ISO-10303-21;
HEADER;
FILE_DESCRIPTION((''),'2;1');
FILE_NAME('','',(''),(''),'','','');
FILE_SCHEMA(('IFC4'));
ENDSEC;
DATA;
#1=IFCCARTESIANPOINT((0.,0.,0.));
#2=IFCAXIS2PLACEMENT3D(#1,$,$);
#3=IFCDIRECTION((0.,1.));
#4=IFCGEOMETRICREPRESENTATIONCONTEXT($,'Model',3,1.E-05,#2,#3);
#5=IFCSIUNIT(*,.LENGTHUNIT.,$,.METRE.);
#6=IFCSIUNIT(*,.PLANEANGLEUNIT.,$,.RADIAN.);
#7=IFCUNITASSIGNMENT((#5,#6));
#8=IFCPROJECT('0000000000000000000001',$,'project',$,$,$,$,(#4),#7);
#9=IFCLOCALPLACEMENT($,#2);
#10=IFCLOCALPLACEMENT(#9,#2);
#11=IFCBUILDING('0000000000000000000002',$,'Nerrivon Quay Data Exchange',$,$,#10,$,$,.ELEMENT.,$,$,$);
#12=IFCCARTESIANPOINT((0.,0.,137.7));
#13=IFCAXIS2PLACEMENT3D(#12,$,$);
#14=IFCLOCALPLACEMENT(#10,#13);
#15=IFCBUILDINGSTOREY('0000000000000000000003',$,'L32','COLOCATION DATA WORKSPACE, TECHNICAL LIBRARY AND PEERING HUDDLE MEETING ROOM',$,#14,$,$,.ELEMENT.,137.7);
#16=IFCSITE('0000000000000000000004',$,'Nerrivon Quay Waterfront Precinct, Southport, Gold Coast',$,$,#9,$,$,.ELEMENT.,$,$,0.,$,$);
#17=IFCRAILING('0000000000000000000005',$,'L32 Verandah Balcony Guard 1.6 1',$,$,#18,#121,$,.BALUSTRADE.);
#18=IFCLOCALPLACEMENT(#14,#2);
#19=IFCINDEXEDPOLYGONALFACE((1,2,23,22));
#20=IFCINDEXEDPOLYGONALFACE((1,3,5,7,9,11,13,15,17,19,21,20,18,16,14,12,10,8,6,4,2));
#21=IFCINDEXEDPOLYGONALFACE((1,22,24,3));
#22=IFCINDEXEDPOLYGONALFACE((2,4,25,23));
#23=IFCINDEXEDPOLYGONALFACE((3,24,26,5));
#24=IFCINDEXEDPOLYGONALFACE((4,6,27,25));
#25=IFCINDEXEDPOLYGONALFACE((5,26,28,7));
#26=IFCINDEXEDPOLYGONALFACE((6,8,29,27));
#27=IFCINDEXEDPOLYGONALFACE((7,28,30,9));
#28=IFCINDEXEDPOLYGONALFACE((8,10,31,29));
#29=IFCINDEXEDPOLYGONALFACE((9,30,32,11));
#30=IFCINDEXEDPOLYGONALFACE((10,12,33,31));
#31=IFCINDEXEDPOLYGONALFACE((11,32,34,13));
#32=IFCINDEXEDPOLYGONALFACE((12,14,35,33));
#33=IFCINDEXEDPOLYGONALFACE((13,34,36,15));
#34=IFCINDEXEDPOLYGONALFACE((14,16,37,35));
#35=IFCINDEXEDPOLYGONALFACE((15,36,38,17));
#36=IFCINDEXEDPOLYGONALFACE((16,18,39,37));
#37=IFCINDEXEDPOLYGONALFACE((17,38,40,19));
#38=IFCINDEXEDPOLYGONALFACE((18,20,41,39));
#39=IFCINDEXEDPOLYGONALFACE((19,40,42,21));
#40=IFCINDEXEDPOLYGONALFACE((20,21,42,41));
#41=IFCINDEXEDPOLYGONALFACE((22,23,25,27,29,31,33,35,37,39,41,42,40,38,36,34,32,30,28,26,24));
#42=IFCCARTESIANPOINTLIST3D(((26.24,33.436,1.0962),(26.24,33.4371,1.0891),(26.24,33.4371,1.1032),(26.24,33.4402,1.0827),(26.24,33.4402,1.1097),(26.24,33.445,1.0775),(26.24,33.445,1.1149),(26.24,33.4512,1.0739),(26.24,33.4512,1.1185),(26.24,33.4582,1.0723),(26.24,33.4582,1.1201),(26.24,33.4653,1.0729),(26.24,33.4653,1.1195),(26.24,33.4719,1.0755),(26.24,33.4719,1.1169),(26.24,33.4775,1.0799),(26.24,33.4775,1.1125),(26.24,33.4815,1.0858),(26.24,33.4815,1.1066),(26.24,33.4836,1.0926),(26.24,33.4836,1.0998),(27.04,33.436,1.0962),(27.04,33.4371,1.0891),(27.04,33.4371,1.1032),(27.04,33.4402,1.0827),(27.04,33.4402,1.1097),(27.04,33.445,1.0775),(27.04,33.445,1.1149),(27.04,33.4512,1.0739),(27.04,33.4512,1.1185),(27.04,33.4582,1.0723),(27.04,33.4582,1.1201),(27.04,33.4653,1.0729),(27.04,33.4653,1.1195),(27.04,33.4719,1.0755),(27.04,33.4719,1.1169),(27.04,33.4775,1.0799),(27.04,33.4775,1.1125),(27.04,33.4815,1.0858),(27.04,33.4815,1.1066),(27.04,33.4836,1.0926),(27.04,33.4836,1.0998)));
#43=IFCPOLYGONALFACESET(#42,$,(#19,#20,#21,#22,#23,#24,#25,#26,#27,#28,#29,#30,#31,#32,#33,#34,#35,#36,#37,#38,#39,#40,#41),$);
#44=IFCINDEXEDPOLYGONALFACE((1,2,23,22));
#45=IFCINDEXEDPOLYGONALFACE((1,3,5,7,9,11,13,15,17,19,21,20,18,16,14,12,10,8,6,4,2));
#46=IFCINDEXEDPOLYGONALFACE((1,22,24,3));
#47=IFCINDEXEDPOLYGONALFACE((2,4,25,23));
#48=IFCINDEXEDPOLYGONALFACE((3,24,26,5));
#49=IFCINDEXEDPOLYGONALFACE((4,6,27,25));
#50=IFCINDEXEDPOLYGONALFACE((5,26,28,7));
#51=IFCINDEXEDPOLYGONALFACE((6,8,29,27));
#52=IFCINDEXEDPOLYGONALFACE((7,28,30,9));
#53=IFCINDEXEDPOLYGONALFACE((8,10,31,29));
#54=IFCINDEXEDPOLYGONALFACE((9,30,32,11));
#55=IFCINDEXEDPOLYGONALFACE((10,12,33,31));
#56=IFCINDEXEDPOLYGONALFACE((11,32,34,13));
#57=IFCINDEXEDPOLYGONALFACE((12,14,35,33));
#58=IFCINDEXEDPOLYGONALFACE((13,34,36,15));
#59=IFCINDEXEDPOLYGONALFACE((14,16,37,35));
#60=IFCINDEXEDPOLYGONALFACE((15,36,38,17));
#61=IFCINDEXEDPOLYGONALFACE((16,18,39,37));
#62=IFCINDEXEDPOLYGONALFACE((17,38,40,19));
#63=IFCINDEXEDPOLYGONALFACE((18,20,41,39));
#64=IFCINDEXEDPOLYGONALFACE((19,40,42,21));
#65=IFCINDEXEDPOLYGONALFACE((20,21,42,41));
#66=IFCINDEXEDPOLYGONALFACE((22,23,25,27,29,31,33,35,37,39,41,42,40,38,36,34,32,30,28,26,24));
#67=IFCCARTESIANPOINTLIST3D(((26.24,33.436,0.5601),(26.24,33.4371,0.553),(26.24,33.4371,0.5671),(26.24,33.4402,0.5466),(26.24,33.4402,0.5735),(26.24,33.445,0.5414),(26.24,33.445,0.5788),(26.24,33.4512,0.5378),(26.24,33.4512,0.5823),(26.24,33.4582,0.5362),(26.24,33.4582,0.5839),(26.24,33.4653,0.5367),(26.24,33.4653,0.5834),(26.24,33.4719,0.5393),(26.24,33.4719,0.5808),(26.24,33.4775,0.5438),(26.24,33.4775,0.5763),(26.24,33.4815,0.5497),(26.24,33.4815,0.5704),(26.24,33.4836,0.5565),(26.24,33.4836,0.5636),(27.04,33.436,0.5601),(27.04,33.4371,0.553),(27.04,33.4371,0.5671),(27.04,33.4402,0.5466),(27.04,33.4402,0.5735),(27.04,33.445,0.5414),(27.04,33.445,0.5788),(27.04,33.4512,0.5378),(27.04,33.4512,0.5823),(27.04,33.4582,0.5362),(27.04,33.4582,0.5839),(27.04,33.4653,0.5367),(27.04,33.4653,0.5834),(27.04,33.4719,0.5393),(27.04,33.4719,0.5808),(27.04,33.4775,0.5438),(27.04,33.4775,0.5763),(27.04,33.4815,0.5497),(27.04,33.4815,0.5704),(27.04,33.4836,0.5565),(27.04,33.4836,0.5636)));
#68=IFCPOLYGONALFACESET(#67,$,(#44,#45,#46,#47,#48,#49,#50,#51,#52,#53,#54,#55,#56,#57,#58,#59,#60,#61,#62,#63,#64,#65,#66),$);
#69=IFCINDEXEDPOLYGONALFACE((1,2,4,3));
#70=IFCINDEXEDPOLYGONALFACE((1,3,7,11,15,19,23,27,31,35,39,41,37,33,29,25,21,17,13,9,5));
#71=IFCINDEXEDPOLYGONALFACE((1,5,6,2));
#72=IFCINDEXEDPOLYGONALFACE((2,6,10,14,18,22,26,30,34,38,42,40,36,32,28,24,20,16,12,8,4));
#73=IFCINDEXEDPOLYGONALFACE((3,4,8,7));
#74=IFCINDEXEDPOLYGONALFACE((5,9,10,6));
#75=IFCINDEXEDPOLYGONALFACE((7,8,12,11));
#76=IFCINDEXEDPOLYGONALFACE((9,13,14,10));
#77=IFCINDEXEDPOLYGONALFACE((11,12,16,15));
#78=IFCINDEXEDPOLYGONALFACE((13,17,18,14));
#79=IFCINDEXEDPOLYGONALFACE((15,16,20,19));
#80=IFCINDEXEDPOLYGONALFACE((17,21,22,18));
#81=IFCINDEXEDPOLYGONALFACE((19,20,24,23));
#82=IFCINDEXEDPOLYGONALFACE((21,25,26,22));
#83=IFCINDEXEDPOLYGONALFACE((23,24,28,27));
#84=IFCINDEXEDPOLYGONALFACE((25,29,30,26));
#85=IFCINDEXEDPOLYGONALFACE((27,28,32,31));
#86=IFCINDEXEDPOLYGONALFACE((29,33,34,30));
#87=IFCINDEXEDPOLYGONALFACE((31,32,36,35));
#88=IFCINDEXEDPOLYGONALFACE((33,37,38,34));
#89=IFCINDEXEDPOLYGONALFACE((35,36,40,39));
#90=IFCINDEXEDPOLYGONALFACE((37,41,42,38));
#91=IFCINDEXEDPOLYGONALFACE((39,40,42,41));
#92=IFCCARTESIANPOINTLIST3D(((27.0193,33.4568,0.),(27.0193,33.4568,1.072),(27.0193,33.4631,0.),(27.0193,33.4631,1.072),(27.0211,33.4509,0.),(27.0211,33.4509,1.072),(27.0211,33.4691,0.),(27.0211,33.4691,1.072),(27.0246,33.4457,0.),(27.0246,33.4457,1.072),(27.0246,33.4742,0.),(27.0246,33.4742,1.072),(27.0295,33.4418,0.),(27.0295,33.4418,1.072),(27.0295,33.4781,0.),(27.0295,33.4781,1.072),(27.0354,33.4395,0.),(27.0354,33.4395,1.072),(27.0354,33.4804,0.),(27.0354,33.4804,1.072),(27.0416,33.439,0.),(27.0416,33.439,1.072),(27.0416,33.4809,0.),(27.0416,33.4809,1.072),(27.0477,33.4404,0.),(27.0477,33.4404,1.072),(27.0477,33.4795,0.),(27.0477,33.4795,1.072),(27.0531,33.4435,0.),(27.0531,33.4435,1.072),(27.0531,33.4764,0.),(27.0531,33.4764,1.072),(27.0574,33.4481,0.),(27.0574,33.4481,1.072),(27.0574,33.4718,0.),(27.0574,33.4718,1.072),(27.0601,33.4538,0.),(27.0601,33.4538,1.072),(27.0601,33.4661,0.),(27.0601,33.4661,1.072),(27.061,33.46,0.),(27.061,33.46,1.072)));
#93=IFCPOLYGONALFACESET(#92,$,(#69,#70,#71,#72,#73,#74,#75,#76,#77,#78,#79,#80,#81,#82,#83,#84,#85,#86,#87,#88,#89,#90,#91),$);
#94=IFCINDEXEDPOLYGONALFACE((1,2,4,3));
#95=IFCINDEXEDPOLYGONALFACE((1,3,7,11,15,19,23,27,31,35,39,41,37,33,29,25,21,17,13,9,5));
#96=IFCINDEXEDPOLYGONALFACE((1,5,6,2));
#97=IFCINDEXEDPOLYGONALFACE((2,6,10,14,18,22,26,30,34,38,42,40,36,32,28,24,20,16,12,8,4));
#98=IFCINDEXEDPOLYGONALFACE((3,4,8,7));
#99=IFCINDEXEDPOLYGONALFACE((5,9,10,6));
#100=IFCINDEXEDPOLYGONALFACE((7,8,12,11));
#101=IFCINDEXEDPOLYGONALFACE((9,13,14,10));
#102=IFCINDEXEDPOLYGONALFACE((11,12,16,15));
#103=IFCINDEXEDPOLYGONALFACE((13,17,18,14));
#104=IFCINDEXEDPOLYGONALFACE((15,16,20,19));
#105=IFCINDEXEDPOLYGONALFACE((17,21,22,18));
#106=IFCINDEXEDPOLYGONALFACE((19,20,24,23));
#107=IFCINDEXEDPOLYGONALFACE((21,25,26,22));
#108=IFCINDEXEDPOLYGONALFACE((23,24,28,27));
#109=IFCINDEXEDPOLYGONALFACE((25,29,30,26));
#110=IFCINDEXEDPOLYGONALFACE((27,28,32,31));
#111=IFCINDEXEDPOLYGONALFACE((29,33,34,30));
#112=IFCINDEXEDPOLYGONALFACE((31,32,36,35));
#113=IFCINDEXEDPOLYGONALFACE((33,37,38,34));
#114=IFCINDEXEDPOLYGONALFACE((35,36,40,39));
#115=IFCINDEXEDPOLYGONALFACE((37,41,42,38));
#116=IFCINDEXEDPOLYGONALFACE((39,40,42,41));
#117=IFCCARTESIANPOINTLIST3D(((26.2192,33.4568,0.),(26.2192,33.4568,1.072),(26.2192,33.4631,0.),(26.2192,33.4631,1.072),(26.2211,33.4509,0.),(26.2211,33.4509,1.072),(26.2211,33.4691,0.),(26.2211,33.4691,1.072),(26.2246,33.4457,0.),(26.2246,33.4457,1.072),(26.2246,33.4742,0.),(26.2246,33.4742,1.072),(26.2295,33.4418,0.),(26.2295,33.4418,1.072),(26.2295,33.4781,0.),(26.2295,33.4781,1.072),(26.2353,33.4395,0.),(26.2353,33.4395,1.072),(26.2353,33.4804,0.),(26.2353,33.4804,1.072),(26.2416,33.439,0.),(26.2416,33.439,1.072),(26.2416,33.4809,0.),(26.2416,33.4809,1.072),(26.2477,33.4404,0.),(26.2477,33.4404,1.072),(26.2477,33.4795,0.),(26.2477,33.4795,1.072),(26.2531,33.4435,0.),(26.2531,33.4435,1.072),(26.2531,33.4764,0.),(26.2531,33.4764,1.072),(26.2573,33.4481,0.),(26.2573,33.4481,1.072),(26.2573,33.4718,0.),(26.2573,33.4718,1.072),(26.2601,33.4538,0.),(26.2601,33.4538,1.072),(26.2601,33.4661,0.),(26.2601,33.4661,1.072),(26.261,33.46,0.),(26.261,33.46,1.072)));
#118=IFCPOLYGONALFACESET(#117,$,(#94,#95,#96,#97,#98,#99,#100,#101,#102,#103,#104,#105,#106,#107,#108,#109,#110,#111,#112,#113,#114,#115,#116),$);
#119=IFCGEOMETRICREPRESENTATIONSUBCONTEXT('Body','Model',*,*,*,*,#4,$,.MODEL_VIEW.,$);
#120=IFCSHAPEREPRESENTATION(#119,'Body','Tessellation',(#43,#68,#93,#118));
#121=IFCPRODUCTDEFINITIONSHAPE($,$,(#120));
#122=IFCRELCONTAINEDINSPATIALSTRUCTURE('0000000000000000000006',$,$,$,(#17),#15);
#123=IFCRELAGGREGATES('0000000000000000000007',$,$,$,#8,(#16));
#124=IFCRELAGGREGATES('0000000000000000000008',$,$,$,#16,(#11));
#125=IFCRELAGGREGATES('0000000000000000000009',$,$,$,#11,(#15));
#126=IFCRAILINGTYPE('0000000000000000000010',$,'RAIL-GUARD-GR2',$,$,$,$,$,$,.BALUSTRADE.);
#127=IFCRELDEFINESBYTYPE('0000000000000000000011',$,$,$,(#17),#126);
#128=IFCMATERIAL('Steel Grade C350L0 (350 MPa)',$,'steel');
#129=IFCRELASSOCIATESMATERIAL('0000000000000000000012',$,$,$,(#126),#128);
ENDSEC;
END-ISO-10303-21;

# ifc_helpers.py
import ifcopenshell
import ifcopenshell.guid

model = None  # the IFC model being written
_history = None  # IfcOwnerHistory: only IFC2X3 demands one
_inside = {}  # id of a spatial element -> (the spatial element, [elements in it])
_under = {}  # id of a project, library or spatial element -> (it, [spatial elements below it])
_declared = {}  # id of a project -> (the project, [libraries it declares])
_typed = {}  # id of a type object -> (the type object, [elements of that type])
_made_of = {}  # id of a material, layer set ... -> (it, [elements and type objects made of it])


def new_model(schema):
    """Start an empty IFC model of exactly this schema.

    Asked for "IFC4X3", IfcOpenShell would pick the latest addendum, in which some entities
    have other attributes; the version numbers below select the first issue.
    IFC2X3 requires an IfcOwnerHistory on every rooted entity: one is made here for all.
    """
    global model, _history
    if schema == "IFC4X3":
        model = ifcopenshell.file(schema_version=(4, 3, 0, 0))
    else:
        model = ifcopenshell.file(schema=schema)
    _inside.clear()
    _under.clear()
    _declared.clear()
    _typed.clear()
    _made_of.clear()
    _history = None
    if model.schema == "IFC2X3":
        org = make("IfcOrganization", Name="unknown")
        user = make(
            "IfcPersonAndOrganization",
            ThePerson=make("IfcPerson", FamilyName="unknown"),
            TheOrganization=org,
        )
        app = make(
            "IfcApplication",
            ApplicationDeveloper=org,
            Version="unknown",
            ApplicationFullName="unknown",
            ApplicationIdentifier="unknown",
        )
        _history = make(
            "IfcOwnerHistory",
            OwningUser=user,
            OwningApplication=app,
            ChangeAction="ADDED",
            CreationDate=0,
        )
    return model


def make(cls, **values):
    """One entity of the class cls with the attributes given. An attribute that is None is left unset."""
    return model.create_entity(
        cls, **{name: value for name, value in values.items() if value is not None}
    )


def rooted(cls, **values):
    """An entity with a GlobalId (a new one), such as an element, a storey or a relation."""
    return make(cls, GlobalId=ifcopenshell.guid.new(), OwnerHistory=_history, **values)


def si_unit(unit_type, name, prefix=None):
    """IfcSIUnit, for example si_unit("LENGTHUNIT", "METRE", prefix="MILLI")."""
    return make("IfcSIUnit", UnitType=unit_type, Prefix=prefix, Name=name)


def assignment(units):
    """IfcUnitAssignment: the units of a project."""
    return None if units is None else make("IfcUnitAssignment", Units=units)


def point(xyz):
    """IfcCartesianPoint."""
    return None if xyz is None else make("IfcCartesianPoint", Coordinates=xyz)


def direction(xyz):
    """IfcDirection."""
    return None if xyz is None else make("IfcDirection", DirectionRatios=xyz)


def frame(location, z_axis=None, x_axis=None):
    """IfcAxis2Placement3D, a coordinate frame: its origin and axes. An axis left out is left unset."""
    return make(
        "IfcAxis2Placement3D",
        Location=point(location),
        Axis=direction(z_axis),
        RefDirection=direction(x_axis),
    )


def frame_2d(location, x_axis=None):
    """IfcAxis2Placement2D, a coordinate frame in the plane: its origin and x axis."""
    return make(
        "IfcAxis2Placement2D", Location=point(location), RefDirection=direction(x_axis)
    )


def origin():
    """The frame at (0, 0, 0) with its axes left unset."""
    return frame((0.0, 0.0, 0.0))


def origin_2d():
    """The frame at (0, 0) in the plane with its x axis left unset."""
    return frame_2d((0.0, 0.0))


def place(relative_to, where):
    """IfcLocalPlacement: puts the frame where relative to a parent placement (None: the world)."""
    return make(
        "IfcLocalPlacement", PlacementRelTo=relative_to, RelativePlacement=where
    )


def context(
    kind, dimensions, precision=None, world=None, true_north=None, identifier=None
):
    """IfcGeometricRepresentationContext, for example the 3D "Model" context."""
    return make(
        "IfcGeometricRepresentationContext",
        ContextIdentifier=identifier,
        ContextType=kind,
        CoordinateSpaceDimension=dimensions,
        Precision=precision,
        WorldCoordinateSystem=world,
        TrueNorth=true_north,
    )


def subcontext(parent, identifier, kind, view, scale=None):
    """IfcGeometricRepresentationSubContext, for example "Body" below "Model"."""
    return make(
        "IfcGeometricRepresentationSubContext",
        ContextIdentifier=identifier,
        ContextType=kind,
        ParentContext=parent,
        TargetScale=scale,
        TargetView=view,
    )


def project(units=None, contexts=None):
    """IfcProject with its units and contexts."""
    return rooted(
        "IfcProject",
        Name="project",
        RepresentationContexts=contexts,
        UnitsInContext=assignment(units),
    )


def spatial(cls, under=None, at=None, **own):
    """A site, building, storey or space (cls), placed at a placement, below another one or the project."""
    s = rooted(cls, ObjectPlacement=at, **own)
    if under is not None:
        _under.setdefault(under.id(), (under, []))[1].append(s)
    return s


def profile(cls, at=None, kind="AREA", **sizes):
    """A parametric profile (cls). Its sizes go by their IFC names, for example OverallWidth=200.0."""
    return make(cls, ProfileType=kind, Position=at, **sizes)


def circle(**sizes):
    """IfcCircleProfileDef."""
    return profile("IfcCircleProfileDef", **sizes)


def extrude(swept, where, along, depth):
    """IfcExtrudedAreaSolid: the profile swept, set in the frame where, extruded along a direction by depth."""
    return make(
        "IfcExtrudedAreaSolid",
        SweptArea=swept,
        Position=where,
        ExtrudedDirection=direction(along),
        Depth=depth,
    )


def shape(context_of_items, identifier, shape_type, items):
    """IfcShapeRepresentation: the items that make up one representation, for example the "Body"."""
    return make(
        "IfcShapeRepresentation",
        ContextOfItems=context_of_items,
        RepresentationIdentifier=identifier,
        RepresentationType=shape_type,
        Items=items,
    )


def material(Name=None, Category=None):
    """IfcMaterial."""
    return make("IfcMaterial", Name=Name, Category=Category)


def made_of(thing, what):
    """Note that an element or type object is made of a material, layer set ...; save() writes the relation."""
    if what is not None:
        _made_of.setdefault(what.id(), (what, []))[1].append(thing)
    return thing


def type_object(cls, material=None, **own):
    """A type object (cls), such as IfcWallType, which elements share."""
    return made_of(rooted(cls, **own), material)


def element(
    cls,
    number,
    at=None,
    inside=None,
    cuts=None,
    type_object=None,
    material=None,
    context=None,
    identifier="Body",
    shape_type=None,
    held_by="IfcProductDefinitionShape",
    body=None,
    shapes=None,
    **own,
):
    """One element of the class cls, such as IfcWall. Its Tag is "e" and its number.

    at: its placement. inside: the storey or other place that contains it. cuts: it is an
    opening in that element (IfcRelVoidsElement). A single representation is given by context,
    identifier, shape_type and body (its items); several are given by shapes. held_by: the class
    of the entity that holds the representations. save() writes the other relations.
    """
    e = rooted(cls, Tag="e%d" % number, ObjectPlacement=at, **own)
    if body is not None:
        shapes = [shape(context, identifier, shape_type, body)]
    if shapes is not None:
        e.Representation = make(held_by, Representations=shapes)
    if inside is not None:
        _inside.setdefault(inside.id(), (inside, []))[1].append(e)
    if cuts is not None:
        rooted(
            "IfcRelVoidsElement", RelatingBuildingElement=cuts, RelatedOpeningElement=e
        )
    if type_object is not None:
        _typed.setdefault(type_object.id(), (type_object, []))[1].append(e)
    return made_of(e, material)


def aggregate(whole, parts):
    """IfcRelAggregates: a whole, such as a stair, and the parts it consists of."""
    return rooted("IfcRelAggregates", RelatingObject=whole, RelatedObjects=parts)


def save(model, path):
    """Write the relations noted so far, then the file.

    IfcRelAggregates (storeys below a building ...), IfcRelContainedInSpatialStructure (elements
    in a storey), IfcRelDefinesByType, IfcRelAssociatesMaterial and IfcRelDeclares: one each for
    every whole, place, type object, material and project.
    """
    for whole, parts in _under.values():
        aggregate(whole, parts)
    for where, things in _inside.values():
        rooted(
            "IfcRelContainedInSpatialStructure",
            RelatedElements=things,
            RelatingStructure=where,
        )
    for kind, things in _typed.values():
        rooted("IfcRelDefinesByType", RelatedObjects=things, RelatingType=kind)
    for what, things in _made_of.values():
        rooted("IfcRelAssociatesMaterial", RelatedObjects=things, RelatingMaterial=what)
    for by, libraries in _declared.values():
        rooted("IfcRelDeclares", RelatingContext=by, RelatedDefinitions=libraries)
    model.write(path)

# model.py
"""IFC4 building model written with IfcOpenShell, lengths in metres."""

from ifc_helpers import new_model, si_unit, direction, frame, origin, origin_2d, place, context, subcontext, project, spatial, circle, extrude, material, type_object, element, save


model = new_model("IFC4")

# Units and contexts
model_context = context("Model", 3, precision=1e-05, world=origin(), true_north=direction((0.0, 1.0)))
body_context = subcontext(model_context, "Body", "Model", "MODEL_VIEW")
ifc_project = project(units=[si_unit("LENGTHUNIT", "METRE"), si_unit("PLANEANGLEUNIT", "RADIAN")], contexts=[model_context])

# Site, building, storey
site_placement = place(None, origin())
site = spatial("IfcSite", under=ifc_project, at=site_placement, Name="Nerrivon Quay Waterfront Precinct, Southport, Gold Coast", CompositionType="ELEMENT", RefElevation=0.0)
building_placement = place(site_placement, origin())
building = spatial("IfcBuilding", under=site, at=building_placement, Name="Nerrivon Quay Data Exchange", CompositionType="ELEMENT")
storey_placement = place(building_placement, frame((0.0, 0.0, 137.7)))
storey = spatial("IfcBuildingStorey", under=building, at=storey_placement, Name="L32", Description="COLOCATION DATA WORKSPACE, TECHNICAL LIBRARY AND PEERING HUDDLE MEETING ROOM", CompositionType="ELEMENT", Elevation=137.7)

# Railing
ifc_material_1 = material(Name="Steel Grade C350L0 (350 MPa)", Category="steel")
railing_type = type_object("IfcRailingType", Name="RAIL-GUARD-GR2", PredefinedType="BALUSTRADE", material=ifc_material_1)
railing_1_placement = place(storey_placement, frame((27.04, 33.46, 0.0)))
element("IfcRailing", 1, at=railing_1_placement, inside=storey, type_object=railing_type, Name="L32 Verandah Balcony Guard 1.6 1", PredefinedType="BALUSTRADE", context=body_context, shape_type="SweptSolid", body=[
    extrude(circle(Radius=0.0239, at=origin_2d()), frame((0.0, 0.0, 1.0962), z_axis=(-1.0, 0.0, 0.0), x_axis=(0.0, -1.0, 0.0)), (0.0, 0.0, 1.0), 0.8),
    extrude(circle(Radius=0.0239, at=origin_2d()), frame((0.0, 0.0, 0.5601), z_axis=(-1.0, 0.0, 0.0), x_axis=(0.0, -1.0, 0.0)), (0.0, 0.0, 1.0), 0.8),
    extrude(circle(Radius=0.021, at=origin_2d()), origin(), (0.0, 0.0, 1.0), 1.072),
    extrude(circle(Radius=0.021, at=origin_2d()), frame((-0.8, 0.0, 0.0)), (0.0, 0.0, 1.0), 1.072),
])

save(model, "model.ifc")
